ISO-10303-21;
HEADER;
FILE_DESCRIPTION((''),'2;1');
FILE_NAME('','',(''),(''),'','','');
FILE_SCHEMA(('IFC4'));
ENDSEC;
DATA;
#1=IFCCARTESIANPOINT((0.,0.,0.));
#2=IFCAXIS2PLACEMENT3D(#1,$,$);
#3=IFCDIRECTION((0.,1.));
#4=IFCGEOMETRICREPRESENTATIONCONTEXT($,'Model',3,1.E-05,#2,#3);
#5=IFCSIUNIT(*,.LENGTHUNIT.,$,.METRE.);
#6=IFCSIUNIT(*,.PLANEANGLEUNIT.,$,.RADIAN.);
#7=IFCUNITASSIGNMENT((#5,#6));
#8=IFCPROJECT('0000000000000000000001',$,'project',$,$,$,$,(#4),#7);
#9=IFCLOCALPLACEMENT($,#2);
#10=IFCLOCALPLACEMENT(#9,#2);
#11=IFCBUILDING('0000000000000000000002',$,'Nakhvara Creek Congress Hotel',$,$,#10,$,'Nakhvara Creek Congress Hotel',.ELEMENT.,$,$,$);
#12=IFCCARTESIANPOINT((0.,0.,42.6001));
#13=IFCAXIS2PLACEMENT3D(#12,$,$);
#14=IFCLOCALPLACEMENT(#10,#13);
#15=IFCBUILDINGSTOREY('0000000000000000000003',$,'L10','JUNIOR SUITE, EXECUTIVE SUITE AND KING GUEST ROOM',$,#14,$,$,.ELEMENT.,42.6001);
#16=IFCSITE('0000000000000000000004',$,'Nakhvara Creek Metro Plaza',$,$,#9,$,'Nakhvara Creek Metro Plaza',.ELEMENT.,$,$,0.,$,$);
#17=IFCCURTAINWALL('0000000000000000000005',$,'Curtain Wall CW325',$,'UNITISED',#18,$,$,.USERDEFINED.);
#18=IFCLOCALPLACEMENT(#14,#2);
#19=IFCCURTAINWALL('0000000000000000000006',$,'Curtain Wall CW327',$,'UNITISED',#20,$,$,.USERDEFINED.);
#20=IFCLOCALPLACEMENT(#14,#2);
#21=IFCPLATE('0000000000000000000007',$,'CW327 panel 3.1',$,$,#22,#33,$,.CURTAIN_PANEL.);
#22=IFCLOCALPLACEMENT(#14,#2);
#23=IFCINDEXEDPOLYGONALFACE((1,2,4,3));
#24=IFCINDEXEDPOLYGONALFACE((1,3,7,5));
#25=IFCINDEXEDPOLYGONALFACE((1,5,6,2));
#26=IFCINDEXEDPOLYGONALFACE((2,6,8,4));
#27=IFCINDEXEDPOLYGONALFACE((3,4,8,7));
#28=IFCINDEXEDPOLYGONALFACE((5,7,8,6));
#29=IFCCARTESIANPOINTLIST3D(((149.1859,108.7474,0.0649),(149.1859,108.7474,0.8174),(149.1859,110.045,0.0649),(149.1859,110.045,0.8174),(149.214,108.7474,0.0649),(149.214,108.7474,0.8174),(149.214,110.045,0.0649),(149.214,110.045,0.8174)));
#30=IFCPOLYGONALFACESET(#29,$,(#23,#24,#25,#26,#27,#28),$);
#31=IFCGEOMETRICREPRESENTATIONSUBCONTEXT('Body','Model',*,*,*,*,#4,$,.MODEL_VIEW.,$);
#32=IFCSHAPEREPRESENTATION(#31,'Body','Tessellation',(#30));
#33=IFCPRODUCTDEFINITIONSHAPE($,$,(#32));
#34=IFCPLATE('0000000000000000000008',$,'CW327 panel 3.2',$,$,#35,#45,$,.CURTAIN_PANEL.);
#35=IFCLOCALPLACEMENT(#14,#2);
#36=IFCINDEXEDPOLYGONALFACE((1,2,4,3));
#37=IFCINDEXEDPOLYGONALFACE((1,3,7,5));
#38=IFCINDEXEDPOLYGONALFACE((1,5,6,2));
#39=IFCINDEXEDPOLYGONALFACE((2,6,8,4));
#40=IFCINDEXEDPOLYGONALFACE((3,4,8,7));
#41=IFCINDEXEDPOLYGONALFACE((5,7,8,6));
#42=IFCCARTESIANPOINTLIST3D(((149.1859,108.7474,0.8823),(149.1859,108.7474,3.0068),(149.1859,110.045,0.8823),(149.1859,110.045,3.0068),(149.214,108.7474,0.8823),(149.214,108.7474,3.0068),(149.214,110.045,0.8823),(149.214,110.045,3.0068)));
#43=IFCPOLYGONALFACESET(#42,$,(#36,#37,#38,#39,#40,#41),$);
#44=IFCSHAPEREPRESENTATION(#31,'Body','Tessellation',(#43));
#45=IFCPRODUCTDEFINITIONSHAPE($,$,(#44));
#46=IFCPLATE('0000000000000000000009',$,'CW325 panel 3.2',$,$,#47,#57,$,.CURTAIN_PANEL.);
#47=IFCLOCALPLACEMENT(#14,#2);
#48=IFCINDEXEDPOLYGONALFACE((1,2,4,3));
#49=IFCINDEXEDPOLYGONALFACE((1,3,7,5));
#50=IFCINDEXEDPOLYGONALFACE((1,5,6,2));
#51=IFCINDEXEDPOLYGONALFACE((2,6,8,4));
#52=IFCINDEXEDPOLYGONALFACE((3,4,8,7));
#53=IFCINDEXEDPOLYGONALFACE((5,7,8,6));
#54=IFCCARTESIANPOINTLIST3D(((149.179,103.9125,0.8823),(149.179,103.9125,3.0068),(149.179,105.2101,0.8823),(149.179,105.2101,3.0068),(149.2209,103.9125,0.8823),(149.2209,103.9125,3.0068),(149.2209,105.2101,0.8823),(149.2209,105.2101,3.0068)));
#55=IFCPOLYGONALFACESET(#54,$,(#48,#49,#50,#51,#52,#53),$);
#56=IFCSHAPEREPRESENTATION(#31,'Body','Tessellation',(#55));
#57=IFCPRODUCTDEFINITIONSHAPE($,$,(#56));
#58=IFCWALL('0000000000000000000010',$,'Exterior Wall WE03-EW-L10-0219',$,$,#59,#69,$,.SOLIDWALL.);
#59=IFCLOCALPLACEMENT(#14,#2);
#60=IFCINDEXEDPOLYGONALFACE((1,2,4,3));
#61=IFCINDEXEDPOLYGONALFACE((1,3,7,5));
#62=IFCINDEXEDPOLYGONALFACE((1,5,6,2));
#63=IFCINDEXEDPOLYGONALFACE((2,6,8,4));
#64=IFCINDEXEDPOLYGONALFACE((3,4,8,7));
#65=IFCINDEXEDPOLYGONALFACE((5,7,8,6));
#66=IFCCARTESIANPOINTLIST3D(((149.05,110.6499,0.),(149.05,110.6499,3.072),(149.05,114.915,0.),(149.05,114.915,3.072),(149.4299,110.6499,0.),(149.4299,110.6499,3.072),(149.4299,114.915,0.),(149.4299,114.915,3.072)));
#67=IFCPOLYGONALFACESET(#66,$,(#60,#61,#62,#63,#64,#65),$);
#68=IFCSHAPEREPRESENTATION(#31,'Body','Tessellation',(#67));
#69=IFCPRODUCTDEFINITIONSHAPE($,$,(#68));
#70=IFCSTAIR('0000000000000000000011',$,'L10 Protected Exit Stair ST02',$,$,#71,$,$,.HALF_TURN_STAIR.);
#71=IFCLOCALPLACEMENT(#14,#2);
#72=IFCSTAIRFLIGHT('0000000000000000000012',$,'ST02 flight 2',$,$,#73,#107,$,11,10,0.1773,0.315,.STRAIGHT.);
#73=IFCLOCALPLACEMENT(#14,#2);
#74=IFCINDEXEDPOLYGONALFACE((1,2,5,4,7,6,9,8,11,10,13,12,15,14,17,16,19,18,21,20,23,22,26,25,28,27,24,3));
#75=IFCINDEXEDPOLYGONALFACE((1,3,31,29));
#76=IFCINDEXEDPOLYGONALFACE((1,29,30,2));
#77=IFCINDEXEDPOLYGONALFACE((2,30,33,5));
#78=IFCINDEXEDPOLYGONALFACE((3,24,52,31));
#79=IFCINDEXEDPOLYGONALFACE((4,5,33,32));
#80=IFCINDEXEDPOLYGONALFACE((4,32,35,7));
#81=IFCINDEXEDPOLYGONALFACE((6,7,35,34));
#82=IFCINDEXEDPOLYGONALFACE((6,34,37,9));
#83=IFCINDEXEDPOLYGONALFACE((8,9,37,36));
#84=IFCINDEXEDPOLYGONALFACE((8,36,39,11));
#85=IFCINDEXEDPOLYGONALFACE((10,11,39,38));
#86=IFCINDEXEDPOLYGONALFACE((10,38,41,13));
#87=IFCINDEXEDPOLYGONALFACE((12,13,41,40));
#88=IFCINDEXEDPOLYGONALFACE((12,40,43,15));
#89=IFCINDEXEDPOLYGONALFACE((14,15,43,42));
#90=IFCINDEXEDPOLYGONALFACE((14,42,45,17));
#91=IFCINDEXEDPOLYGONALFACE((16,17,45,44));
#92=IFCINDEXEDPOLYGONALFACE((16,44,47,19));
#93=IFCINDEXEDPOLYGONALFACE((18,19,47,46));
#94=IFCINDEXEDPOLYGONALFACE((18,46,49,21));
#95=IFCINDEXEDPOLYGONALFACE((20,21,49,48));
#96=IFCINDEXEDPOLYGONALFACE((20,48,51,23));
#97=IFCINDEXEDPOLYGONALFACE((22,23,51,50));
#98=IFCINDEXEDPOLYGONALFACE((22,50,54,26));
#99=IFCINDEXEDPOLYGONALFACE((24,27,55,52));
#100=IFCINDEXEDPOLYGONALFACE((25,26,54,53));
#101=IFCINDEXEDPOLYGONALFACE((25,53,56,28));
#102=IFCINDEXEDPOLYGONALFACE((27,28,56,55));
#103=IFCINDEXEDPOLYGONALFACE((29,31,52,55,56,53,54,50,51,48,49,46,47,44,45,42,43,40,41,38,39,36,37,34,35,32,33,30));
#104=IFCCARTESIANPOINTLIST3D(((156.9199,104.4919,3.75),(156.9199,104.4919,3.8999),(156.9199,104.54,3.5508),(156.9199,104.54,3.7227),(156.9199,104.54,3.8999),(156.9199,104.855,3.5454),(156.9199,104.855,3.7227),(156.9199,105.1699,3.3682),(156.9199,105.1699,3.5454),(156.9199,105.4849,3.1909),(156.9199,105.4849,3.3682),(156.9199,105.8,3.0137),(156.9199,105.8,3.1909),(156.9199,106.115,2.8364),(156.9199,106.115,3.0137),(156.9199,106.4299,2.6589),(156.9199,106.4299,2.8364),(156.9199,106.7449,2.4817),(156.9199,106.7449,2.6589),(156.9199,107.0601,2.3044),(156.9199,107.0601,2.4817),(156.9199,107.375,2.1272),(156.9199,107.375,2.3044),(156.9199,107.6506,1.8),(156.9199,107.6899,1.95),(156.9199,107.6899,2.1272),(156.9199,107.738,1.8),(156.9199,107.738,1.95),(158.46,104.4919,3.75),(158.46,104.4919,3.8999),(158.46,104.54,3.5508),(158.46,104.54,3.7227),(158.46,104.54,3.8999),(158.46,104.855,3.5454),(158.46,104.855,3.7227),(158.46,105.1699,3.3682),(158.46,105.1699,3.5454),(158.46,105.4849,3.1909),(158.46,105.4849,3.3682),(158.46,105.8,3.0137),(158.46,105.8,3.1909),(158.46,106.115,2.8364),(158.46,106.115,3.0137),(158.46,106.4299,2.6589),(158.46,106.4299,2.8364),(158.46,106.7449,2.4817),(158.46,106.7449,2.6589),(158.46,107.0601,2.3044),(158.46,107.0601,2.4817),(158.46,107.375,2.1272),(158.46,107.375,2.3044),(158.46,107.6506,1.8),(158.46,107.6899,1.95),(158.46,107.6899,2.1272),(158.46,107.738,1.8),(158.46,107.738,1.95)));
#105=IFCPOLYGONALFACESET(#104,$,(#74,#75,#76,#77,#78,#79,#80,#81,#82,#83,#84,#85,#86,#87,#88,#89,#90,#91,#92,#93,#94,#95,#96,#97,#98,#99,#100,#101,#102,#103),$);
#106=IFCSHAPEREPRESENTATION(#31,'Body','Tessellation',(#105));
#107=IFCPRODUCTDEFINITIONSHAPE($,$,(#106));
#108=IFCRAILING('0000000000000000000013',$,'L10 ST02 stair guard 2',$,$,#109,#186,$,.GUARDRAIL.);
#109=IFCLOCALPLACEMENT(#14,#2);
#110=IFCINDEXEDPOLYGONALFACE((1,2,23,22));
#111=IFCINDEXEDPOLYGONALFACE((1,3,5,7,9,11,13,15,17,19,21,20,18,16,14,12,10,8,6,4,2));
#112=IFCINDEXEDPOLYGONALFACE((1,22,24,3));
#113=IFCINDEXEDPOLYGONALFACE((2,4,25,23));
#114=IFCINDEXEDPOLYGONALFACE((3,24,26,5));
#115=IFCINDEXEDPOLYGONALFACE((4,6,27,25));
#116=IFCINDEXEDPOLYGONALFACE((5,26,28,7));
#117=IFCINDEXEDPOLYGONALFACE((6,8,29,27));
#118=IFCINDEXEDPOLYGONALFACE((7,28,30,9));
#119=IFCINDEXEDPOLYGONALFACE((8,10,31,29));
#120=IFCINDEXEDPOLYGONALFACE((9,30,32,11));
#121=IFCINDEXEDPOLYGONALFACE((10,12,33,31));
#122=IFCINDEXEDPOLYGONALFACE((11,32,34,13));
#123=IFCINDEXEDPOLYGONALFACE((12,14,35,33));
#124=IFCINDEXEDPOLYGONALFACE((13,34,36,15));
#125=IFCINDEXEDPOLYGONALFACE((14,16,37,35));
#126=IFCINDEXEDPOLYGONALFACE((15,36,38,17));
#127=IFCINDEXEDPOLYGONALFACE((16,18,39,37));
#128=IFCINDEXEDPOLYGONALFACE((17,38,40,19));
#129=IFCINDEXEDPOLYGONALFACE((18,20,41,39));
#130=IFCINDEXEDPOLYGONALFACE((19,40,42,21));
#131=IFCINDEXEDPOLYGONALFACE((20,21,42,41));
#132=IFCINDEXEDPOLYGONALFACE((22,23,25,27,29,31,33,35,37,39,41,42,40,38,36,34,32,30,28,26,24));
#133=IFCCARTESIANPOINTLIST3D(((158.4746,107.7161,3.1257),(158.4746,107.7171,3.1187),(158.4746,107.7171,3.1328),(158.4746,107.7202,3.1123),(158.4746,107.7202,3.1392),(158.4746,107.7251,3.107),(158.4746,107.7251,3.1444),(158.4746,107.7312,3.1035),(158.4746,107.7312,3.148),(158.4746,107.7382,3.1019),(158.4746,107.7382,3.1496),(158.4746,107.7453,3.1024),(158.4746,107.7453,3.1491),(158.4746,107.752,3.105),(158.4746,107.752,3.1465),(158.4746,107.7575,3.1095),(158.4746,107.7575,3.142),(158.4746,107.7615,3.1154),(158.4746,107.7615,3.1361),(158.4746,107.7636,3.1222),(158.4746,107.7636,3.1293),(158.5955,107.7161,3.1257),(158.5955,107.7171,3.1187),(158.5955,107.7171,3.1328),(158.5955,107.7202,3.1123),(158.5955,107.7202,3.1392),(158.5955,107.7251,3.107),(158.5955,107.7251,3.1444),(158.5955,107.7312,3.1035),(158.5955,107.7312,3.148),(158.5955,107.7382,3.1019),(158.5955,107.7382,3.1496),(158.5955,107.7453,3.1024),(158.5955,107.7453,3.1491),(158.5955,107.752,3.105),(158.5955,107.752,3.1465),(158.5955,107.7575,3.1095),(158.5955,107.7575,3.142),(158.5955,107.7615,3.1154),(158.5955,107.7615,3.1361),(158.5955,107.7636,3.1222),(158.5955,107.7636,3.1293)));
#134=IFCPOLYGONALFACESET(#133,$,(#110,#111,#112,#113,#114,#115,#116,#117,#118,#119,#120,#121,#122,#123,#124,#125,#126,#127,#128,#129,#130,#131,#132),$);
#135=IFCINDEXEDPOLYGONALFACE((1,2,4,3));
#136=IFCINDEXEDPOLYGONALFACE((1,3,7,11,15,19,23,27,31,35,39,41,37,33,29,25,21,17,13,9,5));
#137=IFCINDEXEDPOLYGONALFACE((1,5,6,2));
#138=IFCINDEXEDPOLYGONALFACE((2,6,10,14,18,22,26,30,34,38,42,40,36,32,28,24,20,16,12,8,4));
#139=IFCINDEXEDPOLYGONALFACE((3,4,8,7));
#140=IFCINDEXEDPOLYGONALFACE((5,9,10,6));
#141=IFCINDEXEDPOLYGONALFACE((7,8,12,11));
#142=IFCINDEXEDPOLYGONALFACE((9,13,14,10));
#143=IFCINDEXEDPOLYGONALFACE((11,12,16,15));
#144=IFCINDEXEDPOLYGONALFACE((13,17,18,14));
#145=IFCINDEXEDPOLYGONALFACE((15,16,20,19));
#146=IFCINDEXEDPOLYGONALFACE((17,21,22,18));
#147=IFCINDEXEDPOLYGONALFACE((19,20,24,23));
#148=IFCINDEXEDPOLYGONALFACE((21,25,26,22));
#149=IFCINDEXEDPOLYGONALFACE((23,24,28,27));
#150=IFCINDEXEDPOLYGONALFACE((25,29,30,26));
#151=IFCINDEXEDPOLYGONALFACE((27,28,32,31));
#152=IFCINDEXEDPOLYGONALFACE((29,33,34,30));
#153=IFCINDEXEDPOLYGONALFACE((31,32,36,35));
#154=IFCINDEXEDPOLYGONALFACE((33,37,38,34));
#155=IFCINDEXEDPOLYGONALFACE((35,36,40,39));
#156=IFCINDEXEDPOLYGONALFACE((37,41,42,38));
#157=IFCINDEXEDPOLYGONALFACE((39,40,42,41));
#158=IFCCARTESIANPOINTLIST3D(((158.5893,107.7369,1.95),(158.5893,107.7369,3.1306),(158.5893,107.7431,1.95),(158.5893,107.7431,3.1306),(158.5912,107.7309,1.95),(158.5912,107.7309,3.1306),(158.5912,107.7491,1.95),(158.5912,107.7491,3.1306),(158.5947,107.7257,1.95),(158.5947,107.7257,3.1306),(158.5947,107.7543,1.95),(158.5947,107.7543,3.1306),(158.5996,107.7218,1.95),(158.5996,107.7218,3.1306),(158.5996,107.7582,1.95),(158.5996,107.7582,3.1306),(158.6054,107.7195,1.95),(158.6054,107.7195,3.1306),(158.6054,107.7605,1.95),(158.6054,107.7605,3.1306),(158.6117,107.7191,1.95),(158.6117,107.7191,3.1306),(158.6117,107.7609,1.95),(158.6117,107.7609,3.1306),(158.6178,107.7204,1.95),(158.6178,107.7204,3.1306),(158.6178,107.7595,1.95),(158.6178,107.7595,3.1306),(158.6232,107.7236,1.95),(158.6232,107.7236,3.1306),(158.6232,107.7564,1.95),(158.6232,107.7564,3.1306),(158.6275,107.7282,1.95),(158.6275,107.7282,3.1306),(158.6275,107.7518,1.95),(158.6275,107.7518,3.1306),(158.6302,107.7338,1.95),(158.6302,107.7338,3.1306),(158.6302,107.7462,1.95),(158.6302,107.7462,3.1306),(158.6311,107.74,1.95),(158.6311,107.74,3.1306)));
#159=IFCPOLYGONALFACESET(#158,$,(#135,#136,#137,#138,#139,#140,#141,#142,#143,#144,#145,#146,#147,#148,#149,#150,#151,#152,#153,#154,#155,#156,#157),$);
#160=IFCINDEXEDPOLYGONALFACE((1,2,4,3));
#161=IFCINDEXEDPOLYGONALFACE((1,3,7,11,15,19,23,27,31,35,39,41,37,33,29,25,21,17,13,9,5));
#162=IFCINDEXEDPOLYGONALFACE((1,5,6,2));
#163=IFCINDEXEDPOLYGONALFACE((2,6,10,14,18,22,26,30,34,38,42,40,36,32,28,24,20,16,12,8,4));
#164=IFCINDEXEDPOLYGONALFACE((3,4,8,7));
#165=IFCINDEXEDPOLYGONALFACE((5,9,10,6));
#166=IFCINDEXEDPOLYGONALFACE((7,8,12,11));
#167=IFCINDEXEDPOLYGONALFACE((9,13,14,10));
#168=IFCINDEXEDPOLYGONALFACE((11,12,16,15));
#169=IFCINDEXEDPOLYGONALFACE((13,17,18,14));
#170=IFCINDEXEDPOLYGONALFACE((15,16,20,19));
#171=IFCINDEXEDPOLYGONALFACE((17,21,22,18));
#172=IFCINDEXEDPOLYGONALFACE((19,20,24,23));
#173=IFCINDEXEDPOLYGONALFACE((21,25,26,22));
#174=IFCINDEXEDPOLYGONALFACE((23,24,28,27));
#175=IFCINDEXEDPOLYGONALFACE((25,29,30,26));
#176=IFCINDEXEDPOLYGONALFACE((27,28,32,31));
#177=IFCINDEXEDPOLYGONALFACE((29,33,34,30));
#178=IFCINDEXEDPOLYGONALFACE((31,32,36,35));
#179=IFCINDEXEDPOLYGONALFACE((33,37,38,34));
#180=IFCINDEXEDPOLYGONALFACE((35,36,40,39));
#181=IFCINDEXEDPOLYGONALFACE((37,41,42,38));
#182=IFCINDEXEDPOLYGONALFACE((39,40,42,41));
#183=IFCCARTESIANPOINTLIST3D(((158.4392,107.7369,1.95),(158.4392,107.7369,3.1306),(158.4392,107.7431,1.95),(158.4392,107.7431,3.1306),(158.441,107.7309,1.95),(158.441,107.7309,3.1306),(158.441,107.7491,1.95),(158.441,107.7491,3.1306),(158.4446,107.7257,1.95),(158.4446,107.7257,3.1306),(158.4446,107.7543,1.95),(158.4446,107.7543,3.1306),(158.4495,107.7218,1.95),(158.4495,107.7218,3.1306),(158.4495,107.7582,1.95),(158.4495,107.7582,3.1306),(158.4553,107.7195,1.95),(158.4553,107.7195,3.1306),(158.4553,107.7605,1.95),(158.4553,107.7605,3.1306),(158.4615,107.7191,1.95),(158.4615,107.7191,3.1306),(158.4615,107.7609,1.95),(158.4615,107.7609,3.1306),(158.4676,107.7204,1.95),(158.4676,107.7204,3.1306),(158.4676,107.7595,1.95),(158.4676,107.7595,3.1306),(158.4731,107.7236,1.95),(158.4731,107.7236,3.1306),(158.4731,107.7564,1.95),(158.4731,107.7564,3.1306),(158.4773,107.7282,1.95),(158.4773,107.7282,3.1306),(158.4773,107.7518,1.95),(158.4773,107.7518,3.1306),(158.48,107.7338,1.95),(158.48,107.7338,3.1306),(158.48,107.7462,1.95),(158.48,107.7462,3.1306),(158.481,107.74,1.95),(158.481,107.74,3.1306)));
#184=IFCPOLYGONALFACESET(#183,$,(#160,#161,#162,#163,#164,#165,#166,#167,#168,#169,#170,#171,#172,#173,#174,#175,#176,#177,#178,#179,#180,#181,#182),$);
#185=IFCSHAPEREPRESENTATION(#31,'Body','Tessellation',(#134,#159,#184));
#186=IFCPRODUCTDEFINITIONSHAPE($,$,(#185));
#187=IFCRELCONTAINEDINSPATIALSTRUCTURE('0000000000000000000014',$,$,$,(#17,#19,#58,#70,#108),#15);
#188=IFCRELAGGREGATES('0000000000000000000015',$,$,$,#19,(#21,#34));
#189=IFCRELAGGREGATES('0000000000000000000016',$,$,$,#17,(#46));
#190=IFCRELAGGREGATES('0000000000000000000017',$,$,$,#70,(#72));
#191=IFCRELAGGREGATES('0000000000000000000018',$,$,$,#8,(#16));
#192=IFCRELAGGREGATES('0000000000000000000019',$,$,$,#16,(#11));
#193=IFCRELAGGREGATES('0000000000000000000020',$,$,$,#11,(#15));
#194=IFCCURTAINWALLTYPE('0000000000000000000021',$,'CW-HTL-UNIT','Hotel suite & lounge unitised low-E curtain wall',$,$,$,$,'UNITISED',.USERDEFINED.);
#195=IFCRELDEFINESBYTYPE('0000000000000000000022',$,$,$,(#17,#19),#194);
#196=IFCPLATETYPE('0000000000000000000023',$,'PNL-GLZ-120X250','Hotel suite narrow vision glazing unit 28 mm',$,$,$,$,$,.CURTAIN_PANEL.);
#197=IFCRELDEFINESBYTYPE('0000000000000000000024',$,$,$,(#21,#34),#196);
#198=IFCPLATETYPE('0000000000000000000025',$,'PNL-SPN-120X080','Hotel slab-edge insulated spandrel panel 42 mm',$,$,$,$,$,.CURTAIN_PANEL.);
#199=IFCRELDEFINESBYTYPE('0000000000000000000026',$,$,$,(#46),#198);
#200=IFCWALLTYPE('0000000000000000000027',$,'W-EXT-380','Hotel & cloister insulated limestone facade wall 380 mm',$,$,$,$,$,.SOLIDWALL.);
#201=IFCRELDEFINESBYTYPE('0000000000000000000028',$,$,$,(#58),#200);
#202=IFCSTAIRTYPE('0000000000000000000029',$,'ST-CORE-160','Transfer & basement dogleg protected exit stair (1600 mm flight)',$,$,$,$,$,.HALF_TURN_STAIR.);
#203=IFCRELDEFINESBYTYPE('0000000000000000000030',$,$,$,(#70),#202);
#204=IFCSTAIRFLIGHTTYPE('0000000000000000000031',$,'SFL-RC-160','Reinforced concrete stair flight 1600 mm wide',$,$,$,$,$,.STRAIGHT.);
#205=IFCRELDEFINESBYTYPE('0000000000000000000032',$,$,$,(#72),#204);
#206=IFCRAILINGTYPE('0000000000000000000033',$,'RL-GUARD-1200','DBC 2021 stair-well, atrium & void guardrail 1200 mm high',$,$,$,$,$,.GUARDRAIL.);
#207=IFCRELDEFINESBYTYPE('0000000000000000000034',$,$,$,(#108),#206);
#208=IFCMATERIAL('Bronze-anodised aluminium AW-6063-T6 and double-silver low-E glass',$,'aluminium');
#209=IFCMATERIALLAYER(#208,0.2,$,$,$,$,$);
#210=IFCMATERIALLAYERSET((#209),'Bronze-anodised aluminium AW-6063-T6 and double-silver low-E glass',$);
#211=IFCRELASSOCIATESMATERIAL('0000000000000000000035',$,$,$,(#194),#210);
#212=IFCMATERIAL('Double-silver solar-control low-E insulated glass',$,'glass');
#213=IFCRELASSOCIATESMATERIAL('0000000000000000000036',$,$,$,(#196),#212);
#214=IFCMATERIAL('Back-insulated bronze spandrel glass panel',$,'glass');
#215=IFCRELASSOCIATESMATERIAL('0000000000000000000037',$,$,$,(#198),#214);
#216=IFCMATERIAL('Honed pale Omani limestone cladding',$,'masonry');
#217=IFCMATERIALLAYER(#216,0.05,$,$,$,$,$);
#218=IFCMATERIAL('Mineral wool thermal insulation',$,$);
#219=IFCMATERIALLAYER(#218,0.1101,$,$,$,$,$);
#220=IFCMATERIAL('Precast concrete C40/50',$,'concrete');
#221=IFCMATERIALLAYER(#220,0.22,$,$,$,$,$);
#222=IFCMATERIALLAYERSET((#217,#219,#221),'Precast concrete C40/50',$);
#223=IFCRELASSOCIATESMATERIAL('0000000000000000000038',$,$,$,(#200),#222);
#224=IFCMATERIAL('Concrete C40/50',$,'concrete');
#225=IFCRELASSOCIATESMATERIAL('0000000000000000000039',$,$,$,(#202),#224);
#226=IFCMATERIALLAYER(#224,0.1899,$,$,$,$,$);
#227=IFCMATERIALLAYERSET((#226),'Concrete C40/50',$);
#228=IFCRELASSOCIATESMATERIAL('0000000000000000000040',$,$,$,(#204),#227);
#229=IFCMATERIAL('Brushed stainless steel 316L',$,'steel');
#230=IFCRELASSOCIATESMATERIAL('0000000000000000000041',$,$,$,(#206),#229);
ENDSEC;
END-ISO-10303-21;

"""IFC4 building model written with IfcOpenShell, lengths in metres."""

from ifc_helpers import new_model, si_unit, direction, frame, frame_2d, origin, origin_2d, place, context, subcontext, project, spatial, polyline, rectangle, circle, outline, extrude, material, layer, layer_set, type_object, element, aggregate, save


model = new_model("IFC4")

# Units and contexts
model_context = context("Model", 3, precision=1e-05, world=origin(), true_north=direction((0.0, 1.0)))
body_context = subcontext(model_context, "Body", "Model", "MODEL_VIEW")
ifc_project = project(units=[si_unit("LENGTHUNIT", "METRE"), si_unit("PLANEANGLEUNIT", "RADIAN")], contexts=[model_context])

# Site, building, storey
site_placement = place(None, origin())
site = spatial("IfcSite", under=ifc_project, at=site_placement, Name="Nakhvara Creek Metro Plaza", LongName="Nakhvara Creek Metro Plaza", CompositionType="ELEMENT", RefElevation=0.0)
building_placement = place(site_placement, origin())
building = spatial("IfcBuilding", under=site, at=building_placement, Name="Nakhvara Creek Congress Hotel", LongName="Nakhvara Creek Congress Hotel", CompositionType="ELEMENT")
storey_placement = place(building_placement, frame((0.0, 0.0, 42.6001)))
storey = spatial("IfcBuildingStorey", under=building, at=storey_placement, Name="L10", Description="JUNIOR SUITE, EXECUTIVE SUITE AND KING GUEST ROOM", CompositionType="ELEMENT", Elevation=42.6001)

# Shared definitions
ifc_material_1 = material(Name="Concrete C40/50", Category="concrete")

# Curtain wall
ifc_material_2 = material(Name="Bronze-anodised aluminium AW-6063-T6 and double-silver low-E glass", Category="aluminium")
ifc_layer_1 = layer(ifc_material_2, 0.2)
ifc_layer_set_1 = layer_set([ifc_layer_1], Name="Bronze-anodised aluminium AW-6063-T6 and double-silver low-E glass")
curtain_wall_type = type_object("IfcCurtainWallType", Name="CW-HTL-UNIT", Description="Hotel suite & lounge unitised low-E curtain wall", ElementType="UNITISED", PredefinedType="USERDEFINED", material=ifc_layer_set_1)
curtain_wall_1_placement = place(storey_placement, origin())
curtain_wall_1 = element("IfcCurtainWall", 1, at=curtain_wall_1_placement, inside=storey, type_object=curtain_wall_type, Name="Curtain Wall CW325", ObjectType="UNITISED", PredefinedType="USERDEFINED")

# Curtain wall, plates
curtain_wall_2_placement = place(storey_placement, origin())
curtain_wall_2 = element("IfcCurtainWall", 2, at=curtain_wall_2_placement, inside=storey, type_object=curtain_wall_type, Name="Curtain Wall CW327", ObjectType="UNITISED", PredefinedType="USERDEFINED")
ifc_material_3 = material(Name="Double-silver solar-control low-E insulated glass", Category="glass")
plate_type_1 = type_object("IfcPlateType", Name="PNL-GLZ-120X250", Description="Hotel suite narrow vision glazing unit 28 mm", PredefinedType="CURTAIN_PANEL", material=ifc_material_3)
plate_1_placement = place(storey_placement, frame((149.2, 109.3962, 0.0649), z_axis=(0.0, 0.0, 1.0), x_axis=(0.0, 1.0, 0.0)))
plate_1 = element("IfcPlate", 3, at=plate_1_placement, type_object=plate_type_1, Name="CW327 panel 3.1", PredefinedType="CURTAIN_PANEL", context=body_context, shape_type="SweptSolid", body=[
    extrude(rectangle(XDim=1.2976, YDim=0.0281, at=origin_2d()), origin(), (0.0, 0.0, 1.0), 0.7524),
])
plate_2_placement = place(storey_placement, frame((149.2, 109.3962, 0.8823), z_axis=(0.0, 0.0, 1.0), x_axis=(0.0, 1.0, 0.0)))
plate_2 = element("IfcPlate", 4, at=plate_2_placement, type_object=plate_type_1, Name="CW327 panel 3.2", PredefinedType="CURTAIN_PANEL", context=body_context, shape_type="SweptSolid", body=[
    extrude(rectangle(XDim=1.2976, YDim=0.0281, at=origin_2d()), origin(), (0.0, 0.0, 1.0), 2.1245),
])
aggregate(curtain_wall_2, [plate_1, plate_2])

# Plate
ifc_material_4 = material(Name="Back-insulated bronze spandrel glass panel", Category="glass")
plate_type_2 = type_object("IfcPlateType", Name="PNL-SPN-120X080", Description="Hotel slab-edge insulated spandrel panel 42 mm", PredefinedType="CURTAIN_PANEL", material=ifc_material_4)
plate_3_placement = place(storey_placement, frame((149.2, 104.5613, 0.8823), z_axis=(0.0, 0.0, 1.0), x_axis=(0.0, 1.0, 0.0)))
plate_3 = element("IfcPlate", 5, at=plate_3_placement, type_object=plate_type_2, Name="CW325 panel 3.2", PredefinedType="CURTAIN_PANEL", context=body_context, shape_type="SweptSolid", body=[
    extrude(rectangle(XDim=1.2976, YDim=0.042, at=origin_2d()), origin(), (0.0, 0.0, 1.0), 2.1245),
])
aggregate(curtain_wall_1, [plate_3])

# Wall
ifc_material_5 = material(Name="Honed pale Omani limestone cladding", Category="masonry")
ifc_layer_2 = layer(ifc_material_5, 0.05)
ifc_material_6 = material(Name="Mineral wool thermal insulation")
ifc_layer_3 = layer(ifc_material_6, 0.1101)
ifc_material_7 = material(Name="Precast concrete C40/50", Category="concrete")
ifc_layer_4 = layer(ifc_material_7, 0.22)
ifc_layer_set_2 = layer_set([ifc_layer_2, ifc_layer_3, ifc_layer_4], Name="Precast concrete C40/50")
wall_type = type_object("IfcWallType", Name="W-EXT-380", Description="Hotel & cloister insulated limestone facade wall 380 mm", PredefinedType="SOLIDWALL", material=ifc_layer_set_2)
wall_placement = place(storey_placement, frame((149.24, 110.6499, 0.0), z_axis=(0.0, 0.0, 1.0), x_axis=(0.0, 1.0, 0.0)))
element("IfcWall", 6, at=wall_placement, inside=storey, type_object=wall_type, Name="Exterior Wall WE03-EW-L10-0219", PredefinedType="SOLIDWALL", context=body_context, shape_type="SweptSolid", body=[
    extrude(rectangle(XDim=4.2651, YDim=0.3799, at=frame_2d((2.1326, 0.0))), origin(), (0.0, 0.0, 1.0), 3.072),
])

# Stair, stair flight
stair_type = type_object("IfcStairType", Name="ST-CORE-160", Description="Transfer & basement dogleg protected exit stair (1600 mm flight)", PredefinedType="HALF_TURN_STAIR", material=ifc_material_1)
stair_placement = place(storey_placement, origin())
stair = element("IfcStair", 7, at=stair_placement, inside=storey, type_object=stair_type, Name="L10 Protected Exit Stair ST02", PredefinedType="HALF_TURN_STAIR")
ifc_layer_5 = layer(ifc_material_1, 0.1899)
ifc_layer_set_3 = layer_set([ifc_layer_5], Name="Concrete C40/50")
stair_flight_type = type_object("IfcStairFlightType", Name="SFL-RC-160", Description="Reinforced concrete stair flight 1600 mm wide", PredefinedType="STRAIGHT", material=ifc_layer_set_3)
stair_flight_placement = place(storey_placement, frame((157.6899, 107.6899, 1.95), z_axis=(0.0, 0.0, 1.0), x_axis=(0.0, -1.0, 0.0)))
stair_flight = element("IfcStairFlight", 8, at=stair_flight_placement, type_object=stair_flight_type, Name="ST02 flight 2", NumberOfRisers=11, NumberOfTreads=10, PredefinedType="STRAIGHT", RiserHeight=0.1773, TreadLength=0.315, context=body_context, shape_type="SweptSolid", body=[
    extrude(outline(polyline([(-0.0481, 0.0), (0.0, 0.0), (0.0, 0.1772), (0.3149, 0.1772), (0.3149, 0.3545), (0.6299, 0.3545), (0.6299, 0.5317), (0.9451, 0.5317), (0.9451, 0.709), (1.26, 0.709), (1.26, 0.8865), (1.575, 0.8865), (1.575, 1.0637), (1.8899, 1.0637), (1.8899, 1.241), (2.2051, 1.241), (2.2051, 1.4182), (2.52, 1.4182), (2.52, 1.5955), (2.835, 1.5955), (2.835, 1.7727), (3.1499, 1.7727), (3.1499, 1.95), (3.198, 1.95), (3.198, 1.8), (3.1499, 1.6008), (0.0393, -0.1499), (-0.0481, -0.1499), (-0.0481, 0.0)])), frame((0.0, 0.77, 0.0), z_axis=(0.0, -1.0, 0.0), x_axis=(1.0, 0.0, 0.0)), (0.0, 0.0, 1.0), 1.54),
])
aggregate(stair, [stair_flight])

# Railing
ifc_material_8 = material(Name="Brushed stainless steel 316L", Category="steel")
railing_type_1 = type_object("IfcRailingType", Name="RL-GUARD-1200", Description="DBC 2021 stair-well, atrium & void guardrail 1200 mm high", PredefinedType="GUARDRAIL", material=ifc_material_8)
railing_1_placement = place(storey_placement, frame((158.6101, 107.74, 1.95)))
element("IfcRailing", 9, at=railing_1_placement, inside=storey, type_object=railing_type_1, Name="L10 ST02 stair guard 2", PredefinedType="GUARDRAIL", context=body_context, shape_type="SweptSolid", body=[
    extrude(circle(Radius=0.0239, at=origin_2d()), frame((-0.0146, 0.0, 1.1758), z_axis=(-1.0, 0.0, 0.0), x_axis=(0.0, -1.0, 0.0)), (0.0, 0.0, 1.0), 0.1208),
    extrude(circle(Radius=0.021, at=origin_2d()), origin(), (0.0, 0.0, 1.0), 1.1807),
    extrude(circle(Radius=0.021, at=origin_2d()), frame((-0.1501, 0.0, 0.0)), (0.0, 0.0, 1.0), 1.1807),
])

save(model, "model.ifc")
